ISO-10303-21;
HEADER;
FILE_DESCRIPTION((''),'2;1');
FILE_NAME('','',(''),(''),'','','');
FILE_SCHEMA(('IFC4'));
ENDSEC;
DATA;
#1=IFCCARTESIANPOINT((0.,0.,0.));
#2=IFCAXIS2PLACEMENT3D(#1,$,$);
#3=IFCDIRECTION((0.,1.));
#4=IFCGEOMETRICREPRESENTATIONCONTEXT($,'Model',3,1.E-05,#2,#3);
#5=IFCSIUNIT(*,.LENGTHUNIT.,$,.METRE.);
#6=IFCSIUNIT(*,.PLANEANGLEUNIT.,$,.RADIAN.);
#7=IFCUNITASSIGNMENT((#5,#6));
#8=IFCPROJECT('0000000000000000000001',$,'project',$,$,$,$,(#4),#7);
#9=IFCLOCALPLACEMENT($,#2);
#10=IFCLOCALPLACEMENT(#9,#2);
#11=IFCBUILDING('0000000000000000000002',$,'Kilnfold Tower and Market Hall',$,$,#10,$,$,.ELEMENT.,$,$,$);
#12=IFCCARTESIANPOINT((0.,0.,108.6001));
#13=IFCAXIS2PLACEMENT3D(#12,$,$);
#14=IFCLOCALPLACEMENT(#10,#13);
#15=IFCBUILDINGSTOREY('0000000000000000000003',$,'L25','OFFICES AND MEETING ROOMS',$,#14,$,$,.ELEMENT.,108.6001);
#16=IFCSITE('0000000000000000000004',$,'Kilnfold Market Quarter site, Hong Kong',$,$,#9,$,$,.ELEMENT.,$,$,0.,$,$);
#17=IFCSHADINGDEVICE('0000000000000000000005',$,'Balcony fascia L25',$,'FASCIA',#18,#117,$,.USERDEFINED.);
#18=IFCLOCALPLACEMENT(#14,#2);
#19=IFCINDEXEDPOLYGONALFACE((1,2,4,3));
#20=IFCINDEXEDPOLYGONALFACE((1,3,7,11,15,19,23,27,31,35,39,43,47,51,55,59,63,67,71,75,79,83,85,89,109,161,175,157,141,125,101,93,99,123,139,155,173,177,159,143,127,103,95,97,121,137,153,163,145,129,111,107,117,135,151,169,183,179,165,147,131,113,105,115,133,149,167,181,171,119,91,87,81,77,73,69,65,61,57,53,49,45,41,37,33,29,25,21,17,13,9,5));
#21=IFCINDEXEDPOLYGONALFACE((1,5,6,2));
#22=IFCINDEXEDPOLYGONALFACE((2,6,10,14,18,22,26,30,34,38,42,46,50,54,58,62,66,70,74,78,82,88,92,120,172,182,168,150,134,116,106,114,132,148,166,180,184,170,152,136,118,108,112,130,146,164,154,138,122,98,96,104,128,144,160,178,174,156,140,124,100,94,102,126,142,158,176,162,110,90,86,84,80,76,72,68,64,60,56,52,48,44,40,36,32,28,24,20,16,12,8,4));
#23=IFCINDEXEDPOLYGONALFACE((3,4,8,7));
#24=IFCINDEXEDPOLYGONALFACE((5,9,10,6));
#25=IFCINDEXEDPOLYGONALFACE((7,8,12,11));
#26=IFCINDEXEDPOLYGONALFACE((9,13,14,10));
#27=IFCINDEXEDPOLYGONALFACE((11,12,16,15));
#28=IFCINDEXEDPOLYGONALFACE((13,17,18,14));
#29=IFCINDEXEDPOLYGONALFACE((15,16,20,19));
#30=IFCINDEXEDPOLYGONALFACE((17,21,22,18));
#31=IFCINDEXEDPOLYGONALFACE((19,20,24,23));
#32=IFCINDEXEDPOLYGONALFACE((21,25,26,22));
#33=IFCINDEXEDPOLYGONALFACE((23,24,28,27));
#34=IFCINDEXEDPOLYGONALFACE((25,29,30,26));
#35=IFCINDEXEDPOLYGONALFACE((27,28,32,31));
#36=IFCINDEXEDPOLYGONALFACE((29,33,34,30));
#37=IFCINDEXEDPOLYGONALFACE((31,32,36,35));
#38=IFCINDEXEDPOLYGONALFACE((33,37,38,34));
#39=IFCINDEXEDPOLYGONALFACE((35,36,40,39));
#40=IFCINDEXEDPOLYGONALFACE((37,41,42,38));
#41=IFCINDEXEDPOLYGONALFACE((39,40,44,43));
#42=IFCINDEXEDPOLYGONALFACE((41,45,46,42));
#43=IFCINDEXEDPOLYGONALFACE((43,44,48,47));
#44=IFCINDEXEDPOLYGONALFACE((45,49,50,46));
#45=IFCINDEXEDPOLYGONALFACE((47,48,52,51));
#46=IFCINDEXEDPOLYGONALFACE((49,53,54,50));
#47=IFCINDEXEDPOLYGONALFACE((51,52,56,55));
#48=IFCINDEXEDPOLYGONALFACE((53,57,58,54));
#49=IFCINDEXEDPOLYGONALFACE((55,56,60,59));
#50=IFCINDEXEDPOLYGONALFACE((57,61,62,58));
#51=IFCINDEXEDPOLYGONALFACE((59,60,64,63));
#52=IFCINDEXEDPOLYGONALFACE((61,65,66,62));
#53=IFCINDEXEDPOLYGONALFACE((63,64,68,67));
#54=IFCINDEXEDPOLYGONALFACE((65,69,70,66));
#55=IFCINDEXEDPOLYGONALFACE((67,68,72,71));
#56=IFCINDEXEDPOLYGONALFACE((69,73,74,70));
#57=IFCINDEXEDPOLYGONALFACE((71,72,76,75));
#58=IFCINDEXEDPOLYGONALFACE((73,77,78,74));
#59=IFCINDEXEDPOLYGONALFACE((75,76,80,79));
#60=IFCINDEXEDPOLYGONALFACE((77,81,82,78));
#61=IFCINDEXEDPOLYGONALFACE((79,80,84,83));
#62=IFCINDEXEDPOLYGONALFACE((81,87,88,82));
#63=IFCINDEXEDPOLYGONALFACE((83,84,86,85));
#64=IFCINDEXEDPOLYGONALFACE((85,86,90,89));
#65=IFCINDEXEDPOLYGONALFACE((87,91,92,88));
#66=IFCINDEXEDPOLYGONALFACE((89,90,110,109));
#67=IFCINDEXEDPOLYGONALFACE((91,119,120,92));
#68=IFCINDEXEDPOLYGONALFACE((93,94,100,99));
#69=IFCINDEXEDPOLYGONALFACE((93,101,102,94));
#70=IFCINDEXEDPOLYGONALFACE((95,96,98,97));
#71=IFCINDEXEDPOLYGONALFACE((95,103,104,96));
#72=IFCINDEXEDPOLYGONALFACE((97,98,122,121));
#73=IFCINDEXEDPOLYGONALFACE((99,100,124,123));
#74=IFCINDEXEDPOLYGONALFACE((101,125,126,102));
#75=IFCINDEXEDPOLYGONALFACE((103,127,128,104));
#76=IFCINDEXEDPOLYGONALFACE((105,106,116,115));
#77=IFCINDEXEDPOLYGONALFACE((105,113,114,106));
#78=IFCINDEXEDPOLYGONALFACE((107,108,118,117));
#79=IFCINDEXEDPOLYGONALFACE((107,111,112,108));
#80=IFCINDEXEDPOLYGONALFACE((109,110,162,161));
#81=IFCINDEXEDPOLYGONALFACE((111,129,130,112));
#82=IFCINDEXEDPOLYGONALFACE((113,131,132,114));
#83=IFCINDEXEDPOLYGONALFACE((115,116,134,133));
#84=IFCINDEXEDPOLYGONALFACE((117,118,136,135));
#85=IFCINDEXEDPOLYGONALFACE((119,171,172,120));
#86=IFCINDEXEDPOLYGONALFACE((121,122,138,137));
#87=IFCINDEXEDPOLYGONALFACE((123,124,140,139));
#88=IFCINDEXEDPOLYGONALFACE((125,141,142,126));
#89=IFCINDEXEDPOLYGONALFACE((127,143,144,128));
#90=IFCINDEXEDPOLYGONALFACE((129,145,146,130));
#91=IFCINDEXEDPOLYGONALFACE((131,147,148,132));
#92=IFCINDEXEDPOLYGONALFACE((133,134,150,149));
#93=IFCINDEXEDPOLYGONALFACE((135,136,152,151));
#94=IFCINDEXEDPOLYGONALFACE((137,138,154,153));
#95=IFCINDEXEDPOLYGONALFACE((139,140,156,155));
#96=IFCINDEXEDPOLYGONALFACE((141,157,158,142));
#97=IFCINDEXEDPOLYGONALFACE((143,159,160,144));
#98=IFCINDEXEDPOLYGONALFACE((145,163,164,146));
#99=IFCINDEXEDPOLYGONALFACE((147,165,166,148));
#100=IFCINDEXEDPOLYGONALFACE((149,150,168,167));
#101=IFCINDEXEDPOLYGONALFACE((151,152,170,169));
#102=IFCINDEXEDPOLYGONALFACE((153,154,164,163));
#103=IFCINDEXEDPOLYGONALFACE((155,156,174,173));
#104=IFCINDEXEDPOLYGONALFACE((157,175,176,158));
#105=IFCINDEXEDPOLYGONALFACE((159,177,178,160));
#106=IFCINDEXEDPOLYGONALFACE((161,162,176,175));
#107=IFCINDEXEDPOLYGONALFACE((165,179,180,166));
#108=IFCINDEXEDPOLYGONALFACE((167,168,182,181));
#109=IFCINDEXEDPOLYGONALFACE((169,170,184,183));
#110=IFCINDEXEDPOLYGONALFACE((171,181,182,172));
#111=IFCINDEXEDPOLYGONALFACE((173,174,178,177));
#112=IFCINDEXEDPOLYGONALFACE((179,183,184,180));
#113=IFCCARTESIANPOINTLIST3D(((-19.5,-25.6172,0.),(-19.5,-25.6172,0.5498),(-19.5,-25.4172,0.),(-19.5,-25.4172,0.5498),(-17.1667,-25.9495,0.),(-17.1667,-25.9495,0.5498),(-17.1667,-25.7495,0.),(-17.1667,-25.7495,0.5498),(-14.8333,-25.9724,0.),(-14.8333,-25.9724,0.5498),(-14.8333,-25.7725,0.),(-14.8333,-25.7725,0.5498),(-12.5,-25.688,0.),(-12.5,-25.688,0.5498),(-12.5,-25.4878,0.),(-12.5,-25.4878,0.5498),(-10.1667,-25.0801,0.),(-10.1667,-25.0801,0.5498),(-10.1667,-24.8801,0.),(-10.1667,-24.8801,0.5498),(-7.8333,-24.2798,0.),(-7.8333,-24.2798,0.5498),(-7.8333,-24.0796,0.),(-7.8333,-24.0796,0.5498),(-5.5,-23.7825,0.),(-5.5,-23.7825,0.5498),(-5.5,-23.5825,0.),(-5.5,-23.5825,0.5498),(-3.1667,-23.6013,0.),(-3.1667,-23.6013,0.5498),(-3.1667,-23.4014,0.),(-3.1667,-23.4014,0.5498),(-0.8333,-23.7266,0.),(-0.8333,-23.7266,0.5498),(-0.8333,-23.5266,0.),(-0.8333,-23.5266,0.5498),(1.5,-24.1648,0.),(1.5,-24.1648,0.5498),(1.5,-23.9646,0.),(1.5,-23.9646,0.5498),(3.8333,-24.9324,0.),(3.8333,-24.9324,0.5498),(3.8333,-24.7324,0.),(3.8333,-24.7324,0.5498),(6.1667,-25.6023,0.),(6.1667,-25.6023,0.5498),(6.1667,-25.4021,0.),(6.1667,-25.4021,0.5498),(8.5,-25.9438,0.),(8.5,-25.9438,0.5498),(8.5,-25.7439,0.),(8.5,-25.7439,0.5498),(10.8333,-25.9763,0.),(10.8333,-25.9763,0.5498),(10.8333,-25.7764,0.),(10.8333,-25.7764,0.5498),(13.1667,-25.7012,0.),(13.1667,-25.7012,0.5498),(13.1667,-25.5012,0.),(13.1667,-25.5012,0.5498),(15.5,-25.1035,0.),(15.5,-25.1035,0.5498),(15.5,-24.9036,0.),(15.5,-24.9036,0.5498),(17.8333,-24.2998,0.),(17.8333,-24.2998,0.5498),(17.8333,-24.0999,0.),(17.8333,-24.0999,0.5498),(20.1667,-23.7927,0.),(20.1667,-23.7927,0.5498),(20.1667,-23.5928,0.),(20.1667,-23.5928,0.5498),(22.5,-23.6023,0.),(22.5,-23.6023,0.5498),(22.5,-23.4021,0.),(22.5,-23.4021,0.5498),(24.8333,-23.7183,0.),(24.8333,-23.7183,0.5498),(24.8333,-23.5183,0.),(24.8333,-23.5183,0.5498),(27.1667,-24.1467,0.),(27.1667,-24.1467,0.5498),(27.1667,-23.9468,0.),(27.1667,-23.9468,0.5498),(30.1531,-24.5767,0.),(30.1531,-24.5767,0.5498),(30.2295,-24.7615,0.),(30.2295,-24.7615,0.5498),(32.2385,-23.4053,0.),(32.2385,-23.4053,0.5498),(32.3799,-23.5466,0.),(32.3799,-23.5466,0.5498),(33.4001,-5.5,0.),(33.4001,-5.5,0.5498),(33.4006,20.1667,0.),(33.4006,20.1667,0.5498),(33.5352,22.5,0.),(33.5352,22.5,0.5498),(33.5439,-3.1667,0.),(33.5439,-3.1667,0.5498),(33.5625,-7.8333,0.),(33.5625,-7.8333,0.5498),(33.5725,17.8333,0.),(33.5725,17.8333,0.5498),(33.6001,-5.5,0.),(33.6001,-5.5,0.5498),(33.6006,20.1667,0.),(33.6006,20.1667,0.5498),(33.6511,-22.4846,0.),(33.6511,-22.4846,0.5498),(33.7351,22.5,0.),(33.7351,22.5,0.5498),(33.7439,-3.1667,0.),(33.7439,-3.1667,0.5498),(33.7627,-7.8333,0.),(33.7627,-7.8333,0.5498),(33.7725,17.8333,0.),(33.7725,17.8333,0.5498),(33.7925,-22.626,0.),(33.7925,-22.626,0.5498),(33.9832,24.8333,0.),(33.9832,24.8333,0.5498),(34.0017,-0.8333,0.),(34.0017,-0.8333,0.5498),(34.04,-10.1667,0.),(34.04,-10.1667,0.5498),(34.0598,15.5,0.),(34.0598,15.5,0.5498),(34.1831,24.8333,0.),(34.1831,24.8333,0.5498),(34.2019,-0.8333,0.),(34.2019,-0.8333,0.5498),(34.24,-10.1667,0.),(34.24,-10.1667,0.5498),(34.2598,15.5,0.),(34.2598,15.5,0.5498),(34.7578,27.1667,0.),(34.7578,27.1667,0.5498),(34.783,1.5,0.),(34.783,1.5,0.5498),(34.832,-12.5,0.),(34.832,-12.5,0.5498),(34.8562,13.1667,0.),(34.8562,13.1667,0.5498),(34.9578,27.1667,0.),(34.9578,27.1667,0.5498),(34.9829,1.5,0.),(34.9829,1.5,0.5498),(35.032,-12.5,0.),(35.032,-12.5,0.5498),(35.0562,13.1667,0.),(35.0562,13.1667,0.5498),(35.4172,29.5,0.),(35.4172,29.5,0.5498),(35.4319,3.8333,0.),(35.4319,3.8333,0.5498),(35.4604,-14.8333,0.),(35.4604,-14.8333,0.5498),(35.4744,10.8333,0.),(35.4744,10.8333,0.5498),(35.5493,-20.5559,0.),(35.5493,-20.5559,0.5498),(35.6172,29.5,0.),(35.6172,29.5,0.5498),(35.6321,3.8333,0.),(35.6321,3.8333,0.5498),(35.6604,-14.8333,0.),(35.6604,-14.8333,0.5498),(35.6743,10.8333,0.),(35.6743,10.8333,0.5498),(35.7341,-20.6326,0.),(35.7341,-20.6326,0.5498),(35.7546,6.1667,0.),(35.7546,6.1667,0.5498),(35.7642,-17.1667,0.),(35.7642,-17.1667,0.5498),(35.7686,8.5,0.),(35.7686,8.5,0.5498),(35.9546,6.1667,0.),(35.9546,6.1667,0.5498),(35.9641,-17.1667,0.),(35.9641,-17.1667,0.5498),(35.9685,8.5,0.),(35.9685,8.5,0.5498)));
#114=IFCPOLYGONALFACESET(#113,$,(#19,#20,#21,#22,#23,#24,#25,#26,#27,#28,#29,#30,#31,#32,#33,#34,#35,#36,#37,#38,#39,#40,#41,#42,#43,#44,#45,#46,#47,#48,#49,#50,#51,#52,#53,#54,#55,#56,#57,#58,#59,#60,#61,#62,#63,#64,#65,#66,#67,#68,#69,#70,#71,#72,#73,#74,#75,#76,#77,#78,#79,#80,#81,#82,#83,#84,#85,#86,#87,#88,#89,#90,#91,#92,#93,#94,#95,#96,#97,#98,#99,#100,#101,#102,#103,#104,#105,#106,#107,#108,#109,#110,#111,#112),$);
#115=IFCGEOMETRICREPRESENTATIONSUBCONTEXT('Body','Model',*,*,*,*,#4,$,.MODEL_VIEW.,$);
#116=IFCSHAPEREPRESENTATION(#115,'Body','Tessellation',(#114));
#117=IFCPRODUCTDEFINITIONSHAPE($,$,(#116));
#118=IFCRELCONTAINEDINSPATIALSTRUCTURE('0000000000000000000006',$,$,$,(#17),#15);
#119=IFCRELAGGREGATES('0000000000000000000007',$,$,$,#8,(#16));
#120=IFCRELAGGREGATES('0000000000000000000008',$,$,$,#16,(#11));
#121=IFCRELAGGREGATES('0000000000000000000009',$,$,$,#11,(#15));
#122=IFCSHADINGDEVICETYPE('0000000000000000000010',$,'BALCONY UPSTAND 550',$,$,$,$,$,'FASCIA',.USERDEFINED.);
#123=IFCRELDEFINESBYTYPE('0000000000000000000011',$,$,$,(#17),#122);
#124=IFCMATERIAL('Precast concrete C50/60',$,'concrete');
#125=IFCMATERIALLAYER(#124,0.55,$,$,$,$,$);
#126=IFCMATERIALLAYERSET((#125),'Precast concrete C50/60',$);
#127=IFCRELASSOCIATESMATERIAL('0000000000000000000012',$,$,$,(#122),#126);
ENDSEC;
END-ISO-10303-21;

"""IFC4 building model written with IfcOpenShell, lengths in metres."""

from ifc_helpers import new_model, si_unit, direction, frame, origin, place, context, subcontext, project, spatial, polyline, outline, extrude, source, transform, mapped, material, layer, layer_set, type_object, element, save


model = new_model("IFC4")

# Units and contexts
model_context = context("Model", 3, precision=1e-05, world=origin(), true_north=direction((0.0, 1.0)))
body_context = subcontext(model_context, "Body", "Model", "MODEL_VIEW")
ifc_project = project(units=[si_unit("LENGTHUNIT", "METRE"), si_unit("PLANEANGLEUNIT", "RADIAN")], contexts=[model_context])

# Site, building, storey
site_placement = place(None, origin())
site = spatial("IfcSite", under=ifc_project, at=site_placement, Name="Kilnfold Market Quarter site, Hong Kong", CompositionType="ELEMENT", RefElevation=0.0)
building_placement = place(site_placement, origin())
building = spatial("IfcBuilding", under=site, at=building_placement, Name="Kilnfold Tower and Market Hall", CompositionType="ELEMENT")
storey_placement = place(building_placement, frame((0.0, 0.0, 108.6001)))
storey = spatial("IfcBuildingStorey", under=building, at=storey_placement, Name="L25", Description="OFFICES AND MEETING ROOMS", CompositionType="ELEMENT", Elevation=108.6001)

# Shading device
ifc_material_1 = material(Name="Precast concrete C50/60", Category="concrete")
ifc_layer_1 = layer(ifc_material_1, 0.55)
ifc_layer_set_1 = layer_set([ifc_layer_1], Name="Precast concrete C50/60")
shading_device_type_1 = type_object("IfcShadingDeviceType", Name="BALCONY UPSTAND 550", ElementType="FASCIA", PredefinedType="USERDEFINED", material=ifc_layer_set_1)
shared_shape_1 = source(origin(), body_context, "Body", "SweptSolid", [
    extrude(outline(polyline([(-19.5, -25.6172), (-17.1667, -25.9495), (-14.8333, -25.9724), (-12.5, -25.688), (-10.1667, -25.0801), (-7.8333, -24.2798), (-5.5, -23.7825), (-3.1667, -23.6013), (-0.8333, -23.7266), (1.5, -24.1648), (3.8333, -24.9324), (6.1667, -25.6023), (8.5, -25.9438), (10.8333, -25.9763), (13.1667, -25.7012), (15.5, -25.1035), (17.8333, -24.2998), (20.1667, -23.7927), (22.5, -23.6023), (24.8333, -23.7183), (27.1667, -24.1467), (30.2295, -24.7615), (32.3799, -23.5466), (33.7925, -22.626), (35.7341, -20.6326), (35.9641, -17.1667), (35.6604, -14.8333), (35.032, -12.5), (34.24, -10.1667), (33.7627, -7.8333), (33.6001, -5.5), (33.7439, -3.1667), (34.2019, -0.8333), (34.9829, 1.5), (35.6321, 3.8333), (35.9546, 6.1667), (35.9685, 8.5), (35.6743, 10.8333), (35.0562, 13.1667), (34.2598, 15.5), (33.7725, 17.8333), (33.6006, 20.1667), (33.7351, 22.5), (34.1831, 24.8333), (34.9578, 27.1667), (35.6172, 29.5), (35.4172, 29.5), (34.7578, 27.1667), (33.9832, 24.8333), (33.5352, 22.5), (33.4006, 20.1667), (33.5725, 17.8333), (34.0598, 15.5), (34.8562, 13.1667), (35.4744, 10.8333), (35.7686, 8.5), (35.7546, 6.1667), (35.4319, 3.8333), (34.783, 1.5), (34.0017, -0.8333), (33.5439, -3.1667), (33.4001, -5.5), (33.5625, -7.8333), (34.04, -10.1667), (34.832, -12.5), (35.4604, -14.8333), (35.7642, -17.1667), (35.5493, -20.5559), (33.6511, -22.4846), (32.2385, -23.4053), (30.1531, -24.5767), (27.1667, -23.9468), (24.8333, -23.5183), (22.5, -23.4021), (20.1667, -23.5928), (17.8333, -24.0999), (15.5, -24.9036), (13.1667, -25.5012), (10.8333, -25.7764), (8.5, -25.7439), (6.1667, -25.4021), (3.8333, -24.7324), (1.5, -23.9646), (-0.8333, -23.5266), (-3.1667, -23.4014), (-5.5, -23.5825), (-7.8333, -24.0796), (-10.1667, -24.8801), (-12.5, -25.4878), (-14.8333, -25.7725), (-17.1667, -25.7495), (-19.5, -25.4172), (-19.5, -25.6172)])), origin(), (0.0, 0.0, 1.0), 0.5498),
])
shading_device_1_placement = place(storey_placement, origin())
element("IfcShadingDevice", 1, at=shading_device_1_placement, inside=storey, type_object=shading_device_type_1, Name="Balcony fascia L25", ObjectType="FASCIA", PredefinedType="USERDEFINED", context=body_context, shape_type="MappedRepresentation", body=[
    mapped(shared_shape_1, transform((0.0, 0.0, 0.0))),
])

save(model, "model.ifc")
